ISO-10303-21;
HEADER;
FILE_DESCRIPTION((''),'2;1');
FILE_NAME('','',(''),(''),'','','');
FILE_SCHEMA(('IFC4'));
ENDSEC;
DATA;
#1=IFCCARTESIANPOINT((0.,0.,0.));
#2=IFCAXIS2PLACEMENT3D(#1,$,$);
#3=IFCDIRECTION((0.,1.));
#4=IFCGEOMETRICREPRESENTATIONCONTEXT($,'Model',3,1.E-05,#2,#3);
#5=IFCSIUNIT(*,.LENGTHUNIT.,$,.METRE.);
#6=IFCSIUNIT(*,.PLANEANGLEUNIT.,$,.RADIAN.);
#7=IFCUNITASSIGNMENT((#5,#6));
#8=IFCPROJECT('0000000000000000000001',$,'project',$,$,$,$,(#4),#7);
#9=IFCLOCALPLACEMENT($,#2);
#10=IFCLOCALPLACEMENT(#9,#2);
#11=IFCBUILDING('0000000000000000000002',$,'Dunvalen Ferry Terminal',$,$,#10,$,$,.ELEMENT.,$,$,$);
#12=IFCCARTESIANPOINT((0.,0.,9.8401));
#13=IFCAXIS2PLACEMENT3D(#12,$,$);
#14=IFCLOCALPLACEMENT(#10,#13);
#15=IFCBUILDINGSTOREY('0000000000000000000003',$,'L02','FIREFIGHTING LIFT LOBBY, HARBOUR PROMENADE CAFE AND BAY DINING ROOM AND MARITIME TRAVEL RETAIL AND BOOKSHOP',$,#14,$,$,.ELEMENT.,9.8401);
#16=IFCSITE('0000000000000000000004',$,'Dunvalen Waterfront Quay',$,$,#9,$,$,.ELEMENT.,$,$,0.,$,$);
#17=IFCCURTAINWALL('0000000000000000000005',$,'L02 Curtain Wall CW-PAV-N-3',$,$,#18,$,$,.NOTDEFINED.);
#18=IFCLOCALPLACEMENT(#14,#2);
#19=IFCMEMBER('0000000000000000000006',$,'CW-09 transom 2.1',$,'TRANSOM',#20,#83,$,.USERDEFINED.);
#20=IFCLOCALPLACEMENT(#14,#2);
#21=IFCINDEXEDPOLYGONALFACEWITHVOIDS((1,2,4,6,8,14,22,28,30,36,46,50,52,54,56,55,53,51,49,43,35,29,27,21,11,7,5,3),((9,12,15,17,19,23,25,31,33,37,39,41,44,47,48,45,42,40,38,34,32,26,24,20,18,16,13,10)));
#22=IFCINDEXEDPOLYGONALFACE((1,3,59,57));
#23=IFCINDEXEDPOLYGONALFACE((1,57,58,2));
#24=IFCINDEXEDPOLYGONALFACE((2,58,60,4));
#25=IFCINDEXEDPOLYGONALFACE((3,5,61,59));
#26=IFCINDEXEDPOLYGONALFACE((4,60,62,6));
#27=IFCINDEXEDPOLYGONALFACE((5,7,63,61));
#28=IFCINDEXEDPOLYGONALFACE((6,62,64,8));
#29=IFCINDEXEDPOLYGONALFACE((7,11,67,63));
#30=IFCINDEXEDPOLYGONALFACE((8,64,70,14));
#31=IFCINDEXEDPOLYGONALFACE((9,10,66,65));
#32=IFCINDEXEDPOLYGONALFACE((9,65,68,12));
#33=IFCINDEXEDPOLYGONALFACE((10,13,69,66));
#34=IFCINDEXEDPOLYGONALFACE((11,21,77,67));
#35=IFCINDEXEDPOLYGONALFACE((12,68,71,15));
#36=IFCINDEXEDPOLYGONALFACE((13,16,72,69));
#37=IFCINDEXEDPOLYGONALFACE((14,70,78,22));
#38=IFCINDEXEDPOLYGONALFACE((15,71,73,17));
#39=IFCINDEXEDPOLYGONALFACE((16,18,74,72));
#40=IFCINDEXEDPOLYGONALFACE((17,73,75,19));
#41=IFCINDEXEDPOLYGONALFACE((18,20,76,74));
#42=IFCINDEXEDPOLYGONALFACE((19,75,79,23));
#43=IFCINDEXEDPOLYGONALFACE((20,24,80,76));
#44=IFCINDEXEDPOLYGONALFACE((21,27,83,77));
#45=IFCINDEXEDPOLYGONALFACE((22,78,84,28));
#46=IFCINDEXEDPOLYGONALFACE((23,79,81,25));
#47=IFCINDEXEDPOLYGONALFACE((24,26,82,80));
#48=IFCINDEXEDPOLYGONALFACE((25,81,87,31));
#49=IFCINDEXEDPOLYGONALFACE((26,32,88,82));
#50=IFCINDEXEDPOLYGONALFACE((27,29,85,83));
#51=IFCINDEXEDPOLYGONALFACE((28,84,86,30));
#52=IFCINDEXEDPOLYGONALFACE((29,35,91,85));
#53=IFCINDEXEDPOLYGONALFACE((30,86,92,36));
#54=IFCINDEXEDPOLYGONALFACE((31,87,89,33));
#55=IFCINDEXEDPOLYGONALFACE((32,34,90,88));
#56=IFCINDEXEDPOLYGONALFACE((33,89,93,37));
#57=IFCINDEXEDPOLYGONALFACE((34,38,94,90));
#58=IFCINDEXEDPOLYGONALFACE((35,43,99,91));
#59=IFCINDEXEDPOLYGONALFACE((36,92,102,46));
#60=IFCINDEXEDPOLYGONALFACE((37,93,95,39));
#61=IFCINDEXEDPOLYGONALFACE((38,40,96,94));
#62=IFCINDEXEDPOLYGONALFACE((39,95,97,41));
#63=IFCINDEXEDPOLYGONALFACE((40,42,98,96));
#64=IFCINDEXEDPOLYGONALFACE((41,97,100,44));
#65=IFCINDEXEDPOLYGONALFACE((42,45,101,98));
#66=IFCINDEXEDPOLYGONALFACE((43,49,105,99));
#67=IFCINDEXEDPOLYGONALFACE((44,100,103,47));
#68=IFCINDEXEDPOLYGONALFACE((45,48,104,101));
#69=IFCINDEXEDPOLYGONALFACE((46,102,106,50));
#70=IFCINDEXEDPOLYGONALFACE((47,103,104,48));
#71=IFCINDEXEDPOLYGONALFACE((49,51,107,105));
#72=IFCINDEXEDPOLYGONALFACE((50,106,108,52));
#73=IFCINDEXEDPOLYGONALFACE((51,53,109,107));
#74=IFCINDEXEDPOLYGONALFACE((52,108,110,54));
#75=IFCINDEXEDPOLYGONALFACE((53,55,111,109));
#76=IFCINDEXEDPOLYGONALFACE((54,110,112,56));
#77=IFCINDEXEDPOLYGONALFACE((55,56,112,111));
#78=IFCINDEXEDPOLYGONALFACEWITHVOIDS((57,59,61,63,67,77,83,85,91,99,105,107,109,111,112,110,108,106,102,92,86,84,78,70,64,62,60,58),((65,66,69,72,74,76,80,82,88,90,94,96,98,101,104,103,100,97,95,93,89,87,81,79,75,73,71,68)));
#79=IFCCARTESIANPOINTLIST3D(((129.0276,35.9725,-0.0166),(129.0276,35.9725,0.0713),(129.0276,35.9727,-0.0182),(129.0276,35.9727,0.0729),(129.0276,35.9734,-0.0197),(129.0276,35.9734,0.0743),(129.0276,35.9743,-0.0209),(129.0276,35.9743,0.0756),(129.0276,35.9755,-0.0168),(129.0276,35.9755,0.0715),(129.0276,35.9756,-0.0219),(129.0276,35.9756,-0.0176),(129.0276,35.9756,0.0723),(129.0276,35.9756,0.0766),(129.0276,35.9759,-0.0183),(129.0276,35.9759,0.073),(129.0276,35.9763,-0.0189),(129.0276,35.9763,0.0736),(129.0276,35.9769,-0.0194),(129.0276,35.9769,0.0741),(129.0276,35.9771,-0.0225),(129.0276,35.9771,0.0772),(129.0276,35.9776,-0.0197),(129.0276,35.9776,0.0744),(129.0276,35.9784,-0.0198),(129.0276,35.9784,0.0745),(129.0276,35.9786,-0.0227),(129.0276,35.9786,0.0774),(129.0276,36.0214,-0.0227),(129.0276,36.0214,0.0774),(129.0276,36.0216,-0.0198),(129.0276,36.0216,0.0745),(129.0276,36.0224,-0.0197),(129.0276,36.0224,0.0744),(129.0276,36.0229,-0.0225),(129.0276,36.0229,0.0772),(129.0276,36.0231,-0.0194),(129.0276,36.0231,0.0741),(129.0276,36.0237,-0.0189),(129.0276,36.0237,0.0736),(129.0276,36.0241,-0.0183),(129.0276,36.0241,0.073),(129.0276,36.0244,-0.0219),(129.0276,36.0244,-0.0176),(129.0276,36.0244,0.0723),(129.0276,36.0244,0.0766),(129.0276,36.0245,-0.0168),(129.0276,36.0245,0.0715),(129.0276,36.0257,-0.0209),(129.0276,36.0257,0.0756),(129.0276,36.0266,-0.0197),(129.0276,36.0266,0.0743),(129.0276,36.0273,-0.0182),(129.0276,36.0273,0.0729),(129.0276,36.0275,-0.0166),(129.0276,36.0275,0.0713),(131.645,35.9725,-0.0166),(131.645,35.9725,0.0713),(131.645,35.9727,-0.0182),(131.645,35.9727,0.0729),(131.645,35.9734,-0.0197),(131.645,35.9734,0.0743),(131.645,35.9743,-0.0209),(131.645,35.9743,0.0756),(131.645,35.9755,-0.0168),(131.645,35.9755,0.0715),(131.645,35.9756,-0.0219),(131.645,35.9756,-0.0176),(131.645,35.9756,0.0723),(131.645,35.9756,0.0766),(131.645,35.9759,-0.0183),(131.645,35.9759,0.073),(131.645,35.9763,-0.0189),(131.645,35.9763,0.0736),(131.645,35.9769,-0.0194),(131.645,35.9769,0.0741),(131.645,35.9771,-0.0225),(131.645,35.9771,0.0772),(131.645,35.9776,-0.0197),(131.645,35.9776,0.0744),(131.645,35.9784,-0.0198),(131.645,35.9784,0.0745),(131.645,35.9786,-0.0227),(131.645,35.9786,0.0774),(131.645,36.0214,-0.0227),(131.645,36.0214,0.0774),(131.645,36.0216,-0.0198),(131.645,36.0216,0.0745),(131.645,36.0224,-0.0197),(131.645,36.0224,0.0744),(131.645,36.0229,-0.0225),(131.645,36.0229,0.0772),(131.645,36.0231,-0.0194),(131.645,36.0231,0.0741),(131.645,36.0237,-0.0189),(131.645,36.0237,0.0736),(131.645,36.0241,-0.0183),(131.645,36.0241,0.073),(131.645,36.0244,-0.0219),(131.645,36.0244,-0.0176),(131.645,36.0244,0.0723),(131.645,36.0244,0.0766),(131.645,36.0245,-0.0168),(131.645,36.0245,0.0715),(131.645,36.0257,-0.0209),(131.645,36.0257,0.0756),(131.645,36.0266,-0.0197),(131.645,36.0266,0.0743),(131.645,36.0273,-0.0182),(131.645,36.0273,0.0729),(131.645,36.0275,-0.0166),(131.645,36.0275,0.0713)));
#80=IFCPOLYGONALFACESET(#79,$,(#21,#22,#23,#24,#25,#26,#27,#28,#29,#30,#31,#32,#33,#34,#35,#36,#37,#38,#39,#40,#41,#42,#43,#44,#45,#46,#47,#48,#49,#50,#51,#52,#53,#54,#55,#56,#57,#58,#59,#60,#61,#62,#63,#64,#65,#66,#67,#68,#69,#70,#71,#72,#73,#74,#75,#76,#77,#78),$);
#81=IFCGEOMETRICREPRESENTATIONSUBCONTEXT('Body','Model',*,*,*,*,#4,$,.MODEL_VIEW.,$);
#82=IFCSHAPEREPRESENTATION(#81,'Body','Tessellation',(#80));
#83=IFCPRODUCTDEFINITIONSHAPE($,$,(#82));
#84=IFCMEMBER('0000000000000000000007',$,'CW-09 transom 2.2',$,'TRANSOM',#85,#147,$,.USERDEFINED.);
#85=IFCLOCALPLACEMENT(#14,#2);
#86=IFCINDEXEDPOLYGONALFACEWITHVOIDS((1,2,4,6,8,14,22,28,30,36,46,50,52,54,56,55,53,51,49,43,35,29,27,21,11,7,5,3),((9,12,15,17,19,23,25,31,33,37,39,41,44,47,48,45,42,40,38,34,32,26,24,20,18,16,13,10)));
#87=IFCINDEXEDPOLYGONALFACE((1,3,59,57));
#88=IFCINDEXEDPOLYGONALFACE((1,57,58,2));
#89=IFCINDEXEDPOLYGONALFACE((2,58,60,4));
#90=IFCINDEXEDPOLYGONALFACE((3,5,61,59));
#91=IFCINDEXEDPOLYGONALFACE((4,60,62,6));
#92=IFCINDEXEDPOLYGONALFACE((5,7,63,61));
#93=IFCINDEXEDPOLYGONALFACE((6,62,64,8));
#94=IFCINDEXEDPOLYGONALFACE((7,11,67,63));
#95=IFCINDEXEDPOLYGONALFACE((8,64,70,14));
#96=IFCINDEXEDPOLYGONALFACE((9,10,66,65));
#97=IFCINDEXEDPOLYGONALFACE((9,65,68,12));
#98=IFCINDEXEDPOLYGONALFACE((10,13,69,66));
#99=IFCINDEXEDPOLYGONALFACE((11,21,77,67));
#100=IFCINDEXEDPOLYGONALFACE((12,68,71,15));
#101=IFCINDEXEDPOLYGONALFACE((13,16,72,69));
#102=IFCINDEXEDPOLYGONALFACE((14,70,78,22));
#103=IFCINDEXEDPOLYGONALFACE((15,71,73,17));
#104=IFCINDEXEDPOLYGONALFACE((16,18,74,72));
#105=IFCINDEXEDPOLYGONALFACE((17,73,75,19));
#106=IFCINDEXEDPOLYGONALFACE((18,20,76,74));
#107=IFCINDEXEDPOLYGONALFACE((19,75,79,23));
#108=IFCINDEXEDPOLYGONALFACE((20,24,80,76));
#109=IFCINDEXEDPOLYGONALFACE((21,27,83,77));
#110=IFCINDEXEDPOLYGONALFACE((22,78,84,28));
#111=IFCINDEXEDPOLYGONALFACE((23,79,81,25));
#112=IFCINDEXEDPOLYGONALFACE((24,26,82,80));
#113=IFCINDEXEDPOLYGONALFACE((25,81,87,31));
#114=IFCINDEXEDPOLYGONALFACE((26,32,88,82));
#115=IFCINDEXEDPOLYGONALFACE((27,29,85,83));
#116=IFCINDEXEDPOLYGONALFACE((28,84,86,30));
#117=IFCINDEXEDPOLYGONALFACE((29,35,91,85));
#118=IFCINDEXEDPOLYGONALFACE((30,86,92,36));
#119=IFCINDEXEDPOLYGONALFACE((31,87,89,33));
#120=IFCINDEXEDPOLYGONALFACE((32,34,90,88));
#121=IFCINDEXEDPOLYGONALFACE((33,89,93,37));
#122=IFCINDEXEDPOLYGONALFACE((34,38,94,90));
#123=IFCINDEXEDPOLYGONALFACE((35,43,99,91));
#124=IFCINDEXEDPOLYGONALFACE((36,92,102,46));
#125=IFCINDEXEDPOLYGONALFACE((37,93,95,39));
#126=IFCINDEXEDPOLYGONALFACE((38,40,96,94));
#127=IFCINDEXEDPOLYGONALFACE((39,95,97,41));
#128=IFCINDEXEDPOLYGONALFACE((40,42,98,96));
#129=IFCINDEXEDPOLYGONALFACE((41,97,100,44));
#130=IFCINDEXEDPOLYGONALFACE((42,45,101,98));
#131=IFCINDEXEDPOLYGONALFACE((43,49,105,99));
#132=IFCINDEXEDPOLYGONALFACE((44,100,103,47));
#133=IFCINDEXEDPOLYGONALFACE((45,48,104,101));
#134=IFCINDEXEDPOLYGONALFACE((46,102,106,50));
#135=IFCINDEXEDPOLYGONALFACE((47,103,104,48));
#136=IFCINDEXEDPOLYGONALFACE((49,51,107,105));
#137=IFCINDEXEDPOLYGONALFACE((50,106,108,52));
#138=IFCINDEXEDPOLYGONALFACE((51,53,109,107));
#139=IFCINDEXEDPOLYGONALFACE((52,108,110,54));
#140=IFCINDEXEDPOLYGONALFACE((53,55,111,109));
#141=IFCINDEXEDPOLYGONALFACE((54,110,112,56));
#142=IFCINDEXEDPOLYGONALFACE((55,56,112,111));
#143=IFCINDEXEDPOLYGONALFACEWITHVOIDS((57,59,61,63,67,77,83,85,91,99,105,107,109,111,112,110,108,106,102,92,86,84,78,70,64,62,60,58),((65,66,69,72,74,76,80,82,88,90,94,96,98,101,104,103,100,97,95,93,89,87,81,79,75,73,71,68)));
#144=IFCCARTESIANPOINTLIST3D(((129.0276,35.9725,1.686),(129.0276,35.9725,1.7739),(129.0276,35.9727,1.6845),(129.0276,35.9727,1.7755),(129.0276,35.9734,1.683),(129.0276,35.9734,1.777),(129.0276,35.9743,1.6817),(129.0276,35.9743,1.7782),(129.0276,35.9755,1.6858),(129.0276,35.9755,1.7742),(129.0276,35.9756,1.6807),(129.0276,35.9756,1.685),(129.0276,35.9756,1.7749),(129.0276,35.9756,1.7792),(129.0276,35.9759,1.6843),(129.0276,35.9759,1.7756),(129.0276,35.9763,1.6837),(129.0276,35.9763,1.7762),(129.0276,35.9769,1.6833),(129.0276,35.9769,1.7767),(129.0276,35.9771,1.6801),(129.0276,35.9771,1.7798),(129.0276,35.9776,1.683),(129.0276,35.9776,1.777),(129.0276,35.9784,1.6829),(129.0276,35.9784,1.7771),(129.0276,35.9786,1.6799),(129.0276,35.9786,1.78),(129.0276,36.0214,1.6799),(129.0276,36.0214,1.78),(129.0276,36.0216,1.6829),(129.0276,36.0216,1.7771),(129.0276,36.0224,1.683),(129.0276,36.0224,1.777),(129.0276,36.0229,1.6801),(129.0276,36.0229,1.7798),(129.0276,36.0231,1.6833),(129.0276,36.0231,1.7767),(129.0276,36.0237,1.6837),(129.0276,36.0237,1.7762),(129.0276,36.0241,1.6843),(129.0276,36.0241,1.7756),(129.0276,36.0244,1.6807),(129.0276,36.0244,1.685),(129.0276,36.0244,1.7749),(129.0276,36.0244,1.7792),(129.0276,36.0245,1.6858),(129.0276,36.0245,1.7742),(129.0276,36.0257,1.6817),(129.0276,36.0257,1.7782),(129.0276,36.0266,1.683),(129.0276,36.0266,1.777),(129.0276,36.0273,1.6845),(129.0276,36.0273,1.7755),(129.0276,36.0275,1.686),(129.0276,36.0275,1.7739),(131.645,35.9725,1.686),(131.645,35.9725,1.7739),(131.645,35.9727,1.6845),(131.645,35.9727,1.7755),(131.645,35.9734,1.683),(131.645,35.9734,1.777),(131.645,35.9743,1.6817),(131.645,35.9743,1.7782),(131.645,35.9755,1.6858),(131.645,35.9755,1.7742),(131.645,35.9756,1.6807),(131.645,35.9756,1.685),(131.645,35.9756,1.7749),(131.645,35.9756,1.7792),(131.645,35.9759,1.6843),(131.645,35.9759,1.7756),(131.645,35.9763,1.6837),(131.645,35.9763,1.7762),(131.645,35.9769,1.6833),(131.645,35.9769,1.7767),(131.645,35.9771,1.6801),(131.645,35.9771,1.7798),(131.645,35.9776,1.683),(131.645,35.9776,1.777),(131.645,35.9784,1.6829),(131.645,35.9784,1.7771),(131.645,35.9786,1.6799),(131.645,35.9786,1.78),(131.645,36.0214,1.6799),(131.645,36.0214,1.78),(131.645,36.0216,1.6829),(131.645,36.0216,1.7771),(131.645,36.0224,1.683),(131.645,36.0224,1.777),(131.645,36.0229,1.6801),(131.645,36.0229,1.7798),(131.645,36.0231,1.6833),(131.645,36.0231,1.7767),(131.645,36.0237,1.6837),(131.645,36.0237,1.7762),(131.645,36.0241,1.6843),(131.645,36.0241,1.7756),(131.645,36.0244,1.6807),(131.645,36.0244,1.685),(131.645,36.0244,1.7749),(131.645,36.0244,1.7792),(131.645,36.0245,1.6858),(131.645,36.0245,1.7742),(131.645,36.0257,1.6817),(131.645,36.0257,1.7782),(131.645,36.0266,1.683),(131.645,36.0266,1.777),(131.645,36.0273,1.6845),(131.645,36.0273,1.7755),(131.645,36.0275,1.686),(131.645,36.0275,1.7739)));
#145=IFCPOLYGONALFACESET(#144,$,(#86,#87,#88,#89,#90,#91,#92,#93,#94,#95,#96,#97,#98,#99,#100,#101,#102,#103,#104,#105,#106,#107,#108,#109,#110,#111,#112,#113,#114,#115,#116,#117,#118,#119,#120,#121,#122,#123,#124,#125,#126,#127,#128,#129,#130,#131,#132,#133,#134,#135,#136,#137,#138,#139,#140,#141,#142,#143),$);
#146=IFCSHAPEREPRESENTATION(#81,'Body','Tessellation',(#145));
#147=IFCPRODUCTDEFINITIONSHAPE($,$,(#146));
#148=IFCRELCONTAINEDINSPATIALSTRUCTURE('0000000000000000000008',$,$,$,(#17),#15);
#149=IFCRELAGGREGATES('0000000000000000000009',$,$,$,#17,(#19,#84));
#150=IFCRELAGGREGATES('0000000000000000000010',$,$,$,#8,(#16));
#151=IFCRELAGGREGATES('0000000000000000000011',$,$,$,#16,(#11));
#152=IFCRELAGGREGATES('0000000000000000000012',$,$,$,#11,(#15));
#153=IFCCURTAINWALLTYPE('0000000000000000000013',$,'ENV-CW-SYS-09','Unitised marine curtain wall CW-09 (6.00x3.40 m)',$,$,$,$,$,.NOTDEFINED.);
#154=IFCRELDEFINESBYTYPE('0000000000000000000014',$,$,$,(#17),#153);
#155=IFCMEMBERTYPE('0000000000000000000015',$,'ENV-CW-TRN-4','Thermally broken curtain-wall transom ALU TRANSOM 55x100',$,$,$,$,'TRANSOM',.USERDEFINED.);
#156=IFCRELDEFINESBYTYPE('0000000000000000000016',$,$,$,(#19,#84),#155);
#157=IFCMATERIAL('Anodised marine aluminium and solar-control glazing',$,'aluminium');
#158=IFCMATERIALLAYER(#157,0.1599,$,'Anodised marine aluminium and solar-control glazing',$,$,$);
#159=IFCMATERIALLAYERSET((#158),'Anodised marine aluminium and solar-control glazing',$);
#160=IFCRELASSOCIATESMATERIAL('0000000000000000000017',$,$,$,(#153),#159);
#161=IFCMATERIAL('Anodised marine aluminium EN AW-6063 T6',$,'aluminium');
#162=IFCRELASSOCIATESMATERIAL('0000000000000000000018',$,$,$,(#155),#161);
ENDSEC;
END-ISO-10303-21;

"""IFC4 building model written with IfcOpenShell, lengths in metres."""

from ifc_helpers import new_model, si_unit, direction, frame, origin, origin_2d, place, context, subcontext, project, spatial, hollow_rectangle, extrude, material, layer, layer_set, material_profile, profile_set, type_object, element, aggregate, save


model = new_model("IFC4")

# Units and contexts
model_context = context("Model", 3, precision=1e-05, world=origin(), true_north=direction((0.0, 1.0)))
body_context = subcontext(model_context, "Body", "Model", "MODEL_VIEW")
ifc_project = project(units=[si_unit("LENGTHUNIT", "METRE"), si_unit("PLANEANGLEUNIT", "RADIAN")], contexts=[model_context])

# Site, building, storey
site_placement = place(None, origin())
site = spatial("IfcSite", under=ifc_project, at=site_placement, Name="Dunvalen Waterfront Quay", CompositionType="ELEMENT", RefElevation=0.0)
building_placement = place(site_placement, origin())
building = spatial("IfcBuilding", under=site, at=building_placement, Name="Dunvalen Ferry Terminal", CompositionType="ELEMENT")
storey_placement = place(building_placement, frame((0.0, 0.0, 9.8401)))
storey = spatial("IfcBuildingStorey", under=building, at=storey_placement, Name="L02", Description="FIREFIGHTING LIFT LOBBY, HARBOUR PROMENADE CAFE AND BAY DINING ROOM AND MARITIME TRAVEL RETAIL AND BOOKSHOP", CompositionType="ELEMENT", Elevation=9.8401)

# Shared definitions
ifc_material_1 = material(Name="Anodised marine aluminium and solar-control glazing", Category="aluminium")
ifc_layer_1 = layer(ifc_material_1, 0.1599, Name="Anodised marine aluminium and solar-control glazing")
ifc_layer_set_1 = layer_set([ifc_layer_1], Name="Anodised marine aluminium and solar-control glazing")
curtain_wall_type = type_object("IfcCurtainWallType", Name="ENV-CW-SYS-09", Description="Unitised marine curtain wall CW-09 (6.00x3.40 m)", PredefinedType="NOTDEFINED", material=ifc_layer_set_1)
ifc_material_2 = material(Name="Anodised marine aluminium EN AW-6063 T6", Category="aluminium")

# Curtain wall, members
curtain_wall_1_placement = place(storey_placement, origin())
curtain_wall_1 = element("IfcCurtainWall", 1, at=curtain_wall_1_placement, inside=storey, type_object=curtain_wall_type, Name="L02 Curtain Wall CW-PAV-N-3", PredefinedType="NOTDEFINED")
ifc_material_profile_1 = material_profile(ifc_material_2, hollow_rectangle(XDim=0.0549, YDim=0.1001, WallThickness=0.0029, InnerFilletRadius=0.0029, OuterFilletRadius=0.0061, at=origin_2d()), Name="Anodised marine aluminium EN AW-6063 T6")
ifc_profile_set_1 = profile_set([ifc_material_profile_1], Name="Anodised marine aluminium EN AW-6063 T6")
member_type_1 = type_object("IfcMemberType", Name="ENV-CW-TRN-4", Description="Thermally broken curtain-wall transom ALU TRANSOM 55x100", ElementType="TRANSOM", PredefinedType="USERDEFINED", material=ifc_profile_set_1)
member_1_placement = place(storey_placement, frame((129.0276, 36.0, 0.0273), z_axis=(1.0, 0.0, 0.0), x_axis=(0.0, 1.0, 0.0)))
member_1 = element("IfcMember", 2, at=member_1_placement, type_object=member_type_1, Name="CW-09 transom 2.1", ObjectType="TRANSOM", PredefinedType="USERDEFINED", context=body_context, shape_type="SweptSolid", body=[
    extrude(hollow_rectangle(XDim=0.0549, YDim=0.1001, WallThickness=0.0029, InnerFilletRadius=0.0029, OuterFilletRadius=0.0061, at=origin_2d()), origin(), (0.0, 0.0, 1.0), 2.6174),
])
member_2_placement = place(storey_placement, frame((129.0276, 36.0, 1.73), z_axis=(1.0, 0.0, 0.0), x_axis=(0.0, 1.0, 0.0)))
member_2 = element("IfcMember", 3, at=member_2_placement, type_object=member_type_1, Name="CW-09 transom 2.2", ObjectType="TRANSOM", PredefinedType="USERDEFINED", context=body_context, shape_type="SweptSolid", body=[
    extrude(hollow_rectangle(XDim=0.0549, YDim=0.1001, WallThickness=0.0029, InnerFilletRadius=0.0029, OuterFilletRadius=0.0061, at=origin_2d()), origin(), (0.0, 0.0, 1.0), 2.6174),
])

aggregate(curtain_wall_1, [member_1, member_2])

save(model, "model.ifc")
